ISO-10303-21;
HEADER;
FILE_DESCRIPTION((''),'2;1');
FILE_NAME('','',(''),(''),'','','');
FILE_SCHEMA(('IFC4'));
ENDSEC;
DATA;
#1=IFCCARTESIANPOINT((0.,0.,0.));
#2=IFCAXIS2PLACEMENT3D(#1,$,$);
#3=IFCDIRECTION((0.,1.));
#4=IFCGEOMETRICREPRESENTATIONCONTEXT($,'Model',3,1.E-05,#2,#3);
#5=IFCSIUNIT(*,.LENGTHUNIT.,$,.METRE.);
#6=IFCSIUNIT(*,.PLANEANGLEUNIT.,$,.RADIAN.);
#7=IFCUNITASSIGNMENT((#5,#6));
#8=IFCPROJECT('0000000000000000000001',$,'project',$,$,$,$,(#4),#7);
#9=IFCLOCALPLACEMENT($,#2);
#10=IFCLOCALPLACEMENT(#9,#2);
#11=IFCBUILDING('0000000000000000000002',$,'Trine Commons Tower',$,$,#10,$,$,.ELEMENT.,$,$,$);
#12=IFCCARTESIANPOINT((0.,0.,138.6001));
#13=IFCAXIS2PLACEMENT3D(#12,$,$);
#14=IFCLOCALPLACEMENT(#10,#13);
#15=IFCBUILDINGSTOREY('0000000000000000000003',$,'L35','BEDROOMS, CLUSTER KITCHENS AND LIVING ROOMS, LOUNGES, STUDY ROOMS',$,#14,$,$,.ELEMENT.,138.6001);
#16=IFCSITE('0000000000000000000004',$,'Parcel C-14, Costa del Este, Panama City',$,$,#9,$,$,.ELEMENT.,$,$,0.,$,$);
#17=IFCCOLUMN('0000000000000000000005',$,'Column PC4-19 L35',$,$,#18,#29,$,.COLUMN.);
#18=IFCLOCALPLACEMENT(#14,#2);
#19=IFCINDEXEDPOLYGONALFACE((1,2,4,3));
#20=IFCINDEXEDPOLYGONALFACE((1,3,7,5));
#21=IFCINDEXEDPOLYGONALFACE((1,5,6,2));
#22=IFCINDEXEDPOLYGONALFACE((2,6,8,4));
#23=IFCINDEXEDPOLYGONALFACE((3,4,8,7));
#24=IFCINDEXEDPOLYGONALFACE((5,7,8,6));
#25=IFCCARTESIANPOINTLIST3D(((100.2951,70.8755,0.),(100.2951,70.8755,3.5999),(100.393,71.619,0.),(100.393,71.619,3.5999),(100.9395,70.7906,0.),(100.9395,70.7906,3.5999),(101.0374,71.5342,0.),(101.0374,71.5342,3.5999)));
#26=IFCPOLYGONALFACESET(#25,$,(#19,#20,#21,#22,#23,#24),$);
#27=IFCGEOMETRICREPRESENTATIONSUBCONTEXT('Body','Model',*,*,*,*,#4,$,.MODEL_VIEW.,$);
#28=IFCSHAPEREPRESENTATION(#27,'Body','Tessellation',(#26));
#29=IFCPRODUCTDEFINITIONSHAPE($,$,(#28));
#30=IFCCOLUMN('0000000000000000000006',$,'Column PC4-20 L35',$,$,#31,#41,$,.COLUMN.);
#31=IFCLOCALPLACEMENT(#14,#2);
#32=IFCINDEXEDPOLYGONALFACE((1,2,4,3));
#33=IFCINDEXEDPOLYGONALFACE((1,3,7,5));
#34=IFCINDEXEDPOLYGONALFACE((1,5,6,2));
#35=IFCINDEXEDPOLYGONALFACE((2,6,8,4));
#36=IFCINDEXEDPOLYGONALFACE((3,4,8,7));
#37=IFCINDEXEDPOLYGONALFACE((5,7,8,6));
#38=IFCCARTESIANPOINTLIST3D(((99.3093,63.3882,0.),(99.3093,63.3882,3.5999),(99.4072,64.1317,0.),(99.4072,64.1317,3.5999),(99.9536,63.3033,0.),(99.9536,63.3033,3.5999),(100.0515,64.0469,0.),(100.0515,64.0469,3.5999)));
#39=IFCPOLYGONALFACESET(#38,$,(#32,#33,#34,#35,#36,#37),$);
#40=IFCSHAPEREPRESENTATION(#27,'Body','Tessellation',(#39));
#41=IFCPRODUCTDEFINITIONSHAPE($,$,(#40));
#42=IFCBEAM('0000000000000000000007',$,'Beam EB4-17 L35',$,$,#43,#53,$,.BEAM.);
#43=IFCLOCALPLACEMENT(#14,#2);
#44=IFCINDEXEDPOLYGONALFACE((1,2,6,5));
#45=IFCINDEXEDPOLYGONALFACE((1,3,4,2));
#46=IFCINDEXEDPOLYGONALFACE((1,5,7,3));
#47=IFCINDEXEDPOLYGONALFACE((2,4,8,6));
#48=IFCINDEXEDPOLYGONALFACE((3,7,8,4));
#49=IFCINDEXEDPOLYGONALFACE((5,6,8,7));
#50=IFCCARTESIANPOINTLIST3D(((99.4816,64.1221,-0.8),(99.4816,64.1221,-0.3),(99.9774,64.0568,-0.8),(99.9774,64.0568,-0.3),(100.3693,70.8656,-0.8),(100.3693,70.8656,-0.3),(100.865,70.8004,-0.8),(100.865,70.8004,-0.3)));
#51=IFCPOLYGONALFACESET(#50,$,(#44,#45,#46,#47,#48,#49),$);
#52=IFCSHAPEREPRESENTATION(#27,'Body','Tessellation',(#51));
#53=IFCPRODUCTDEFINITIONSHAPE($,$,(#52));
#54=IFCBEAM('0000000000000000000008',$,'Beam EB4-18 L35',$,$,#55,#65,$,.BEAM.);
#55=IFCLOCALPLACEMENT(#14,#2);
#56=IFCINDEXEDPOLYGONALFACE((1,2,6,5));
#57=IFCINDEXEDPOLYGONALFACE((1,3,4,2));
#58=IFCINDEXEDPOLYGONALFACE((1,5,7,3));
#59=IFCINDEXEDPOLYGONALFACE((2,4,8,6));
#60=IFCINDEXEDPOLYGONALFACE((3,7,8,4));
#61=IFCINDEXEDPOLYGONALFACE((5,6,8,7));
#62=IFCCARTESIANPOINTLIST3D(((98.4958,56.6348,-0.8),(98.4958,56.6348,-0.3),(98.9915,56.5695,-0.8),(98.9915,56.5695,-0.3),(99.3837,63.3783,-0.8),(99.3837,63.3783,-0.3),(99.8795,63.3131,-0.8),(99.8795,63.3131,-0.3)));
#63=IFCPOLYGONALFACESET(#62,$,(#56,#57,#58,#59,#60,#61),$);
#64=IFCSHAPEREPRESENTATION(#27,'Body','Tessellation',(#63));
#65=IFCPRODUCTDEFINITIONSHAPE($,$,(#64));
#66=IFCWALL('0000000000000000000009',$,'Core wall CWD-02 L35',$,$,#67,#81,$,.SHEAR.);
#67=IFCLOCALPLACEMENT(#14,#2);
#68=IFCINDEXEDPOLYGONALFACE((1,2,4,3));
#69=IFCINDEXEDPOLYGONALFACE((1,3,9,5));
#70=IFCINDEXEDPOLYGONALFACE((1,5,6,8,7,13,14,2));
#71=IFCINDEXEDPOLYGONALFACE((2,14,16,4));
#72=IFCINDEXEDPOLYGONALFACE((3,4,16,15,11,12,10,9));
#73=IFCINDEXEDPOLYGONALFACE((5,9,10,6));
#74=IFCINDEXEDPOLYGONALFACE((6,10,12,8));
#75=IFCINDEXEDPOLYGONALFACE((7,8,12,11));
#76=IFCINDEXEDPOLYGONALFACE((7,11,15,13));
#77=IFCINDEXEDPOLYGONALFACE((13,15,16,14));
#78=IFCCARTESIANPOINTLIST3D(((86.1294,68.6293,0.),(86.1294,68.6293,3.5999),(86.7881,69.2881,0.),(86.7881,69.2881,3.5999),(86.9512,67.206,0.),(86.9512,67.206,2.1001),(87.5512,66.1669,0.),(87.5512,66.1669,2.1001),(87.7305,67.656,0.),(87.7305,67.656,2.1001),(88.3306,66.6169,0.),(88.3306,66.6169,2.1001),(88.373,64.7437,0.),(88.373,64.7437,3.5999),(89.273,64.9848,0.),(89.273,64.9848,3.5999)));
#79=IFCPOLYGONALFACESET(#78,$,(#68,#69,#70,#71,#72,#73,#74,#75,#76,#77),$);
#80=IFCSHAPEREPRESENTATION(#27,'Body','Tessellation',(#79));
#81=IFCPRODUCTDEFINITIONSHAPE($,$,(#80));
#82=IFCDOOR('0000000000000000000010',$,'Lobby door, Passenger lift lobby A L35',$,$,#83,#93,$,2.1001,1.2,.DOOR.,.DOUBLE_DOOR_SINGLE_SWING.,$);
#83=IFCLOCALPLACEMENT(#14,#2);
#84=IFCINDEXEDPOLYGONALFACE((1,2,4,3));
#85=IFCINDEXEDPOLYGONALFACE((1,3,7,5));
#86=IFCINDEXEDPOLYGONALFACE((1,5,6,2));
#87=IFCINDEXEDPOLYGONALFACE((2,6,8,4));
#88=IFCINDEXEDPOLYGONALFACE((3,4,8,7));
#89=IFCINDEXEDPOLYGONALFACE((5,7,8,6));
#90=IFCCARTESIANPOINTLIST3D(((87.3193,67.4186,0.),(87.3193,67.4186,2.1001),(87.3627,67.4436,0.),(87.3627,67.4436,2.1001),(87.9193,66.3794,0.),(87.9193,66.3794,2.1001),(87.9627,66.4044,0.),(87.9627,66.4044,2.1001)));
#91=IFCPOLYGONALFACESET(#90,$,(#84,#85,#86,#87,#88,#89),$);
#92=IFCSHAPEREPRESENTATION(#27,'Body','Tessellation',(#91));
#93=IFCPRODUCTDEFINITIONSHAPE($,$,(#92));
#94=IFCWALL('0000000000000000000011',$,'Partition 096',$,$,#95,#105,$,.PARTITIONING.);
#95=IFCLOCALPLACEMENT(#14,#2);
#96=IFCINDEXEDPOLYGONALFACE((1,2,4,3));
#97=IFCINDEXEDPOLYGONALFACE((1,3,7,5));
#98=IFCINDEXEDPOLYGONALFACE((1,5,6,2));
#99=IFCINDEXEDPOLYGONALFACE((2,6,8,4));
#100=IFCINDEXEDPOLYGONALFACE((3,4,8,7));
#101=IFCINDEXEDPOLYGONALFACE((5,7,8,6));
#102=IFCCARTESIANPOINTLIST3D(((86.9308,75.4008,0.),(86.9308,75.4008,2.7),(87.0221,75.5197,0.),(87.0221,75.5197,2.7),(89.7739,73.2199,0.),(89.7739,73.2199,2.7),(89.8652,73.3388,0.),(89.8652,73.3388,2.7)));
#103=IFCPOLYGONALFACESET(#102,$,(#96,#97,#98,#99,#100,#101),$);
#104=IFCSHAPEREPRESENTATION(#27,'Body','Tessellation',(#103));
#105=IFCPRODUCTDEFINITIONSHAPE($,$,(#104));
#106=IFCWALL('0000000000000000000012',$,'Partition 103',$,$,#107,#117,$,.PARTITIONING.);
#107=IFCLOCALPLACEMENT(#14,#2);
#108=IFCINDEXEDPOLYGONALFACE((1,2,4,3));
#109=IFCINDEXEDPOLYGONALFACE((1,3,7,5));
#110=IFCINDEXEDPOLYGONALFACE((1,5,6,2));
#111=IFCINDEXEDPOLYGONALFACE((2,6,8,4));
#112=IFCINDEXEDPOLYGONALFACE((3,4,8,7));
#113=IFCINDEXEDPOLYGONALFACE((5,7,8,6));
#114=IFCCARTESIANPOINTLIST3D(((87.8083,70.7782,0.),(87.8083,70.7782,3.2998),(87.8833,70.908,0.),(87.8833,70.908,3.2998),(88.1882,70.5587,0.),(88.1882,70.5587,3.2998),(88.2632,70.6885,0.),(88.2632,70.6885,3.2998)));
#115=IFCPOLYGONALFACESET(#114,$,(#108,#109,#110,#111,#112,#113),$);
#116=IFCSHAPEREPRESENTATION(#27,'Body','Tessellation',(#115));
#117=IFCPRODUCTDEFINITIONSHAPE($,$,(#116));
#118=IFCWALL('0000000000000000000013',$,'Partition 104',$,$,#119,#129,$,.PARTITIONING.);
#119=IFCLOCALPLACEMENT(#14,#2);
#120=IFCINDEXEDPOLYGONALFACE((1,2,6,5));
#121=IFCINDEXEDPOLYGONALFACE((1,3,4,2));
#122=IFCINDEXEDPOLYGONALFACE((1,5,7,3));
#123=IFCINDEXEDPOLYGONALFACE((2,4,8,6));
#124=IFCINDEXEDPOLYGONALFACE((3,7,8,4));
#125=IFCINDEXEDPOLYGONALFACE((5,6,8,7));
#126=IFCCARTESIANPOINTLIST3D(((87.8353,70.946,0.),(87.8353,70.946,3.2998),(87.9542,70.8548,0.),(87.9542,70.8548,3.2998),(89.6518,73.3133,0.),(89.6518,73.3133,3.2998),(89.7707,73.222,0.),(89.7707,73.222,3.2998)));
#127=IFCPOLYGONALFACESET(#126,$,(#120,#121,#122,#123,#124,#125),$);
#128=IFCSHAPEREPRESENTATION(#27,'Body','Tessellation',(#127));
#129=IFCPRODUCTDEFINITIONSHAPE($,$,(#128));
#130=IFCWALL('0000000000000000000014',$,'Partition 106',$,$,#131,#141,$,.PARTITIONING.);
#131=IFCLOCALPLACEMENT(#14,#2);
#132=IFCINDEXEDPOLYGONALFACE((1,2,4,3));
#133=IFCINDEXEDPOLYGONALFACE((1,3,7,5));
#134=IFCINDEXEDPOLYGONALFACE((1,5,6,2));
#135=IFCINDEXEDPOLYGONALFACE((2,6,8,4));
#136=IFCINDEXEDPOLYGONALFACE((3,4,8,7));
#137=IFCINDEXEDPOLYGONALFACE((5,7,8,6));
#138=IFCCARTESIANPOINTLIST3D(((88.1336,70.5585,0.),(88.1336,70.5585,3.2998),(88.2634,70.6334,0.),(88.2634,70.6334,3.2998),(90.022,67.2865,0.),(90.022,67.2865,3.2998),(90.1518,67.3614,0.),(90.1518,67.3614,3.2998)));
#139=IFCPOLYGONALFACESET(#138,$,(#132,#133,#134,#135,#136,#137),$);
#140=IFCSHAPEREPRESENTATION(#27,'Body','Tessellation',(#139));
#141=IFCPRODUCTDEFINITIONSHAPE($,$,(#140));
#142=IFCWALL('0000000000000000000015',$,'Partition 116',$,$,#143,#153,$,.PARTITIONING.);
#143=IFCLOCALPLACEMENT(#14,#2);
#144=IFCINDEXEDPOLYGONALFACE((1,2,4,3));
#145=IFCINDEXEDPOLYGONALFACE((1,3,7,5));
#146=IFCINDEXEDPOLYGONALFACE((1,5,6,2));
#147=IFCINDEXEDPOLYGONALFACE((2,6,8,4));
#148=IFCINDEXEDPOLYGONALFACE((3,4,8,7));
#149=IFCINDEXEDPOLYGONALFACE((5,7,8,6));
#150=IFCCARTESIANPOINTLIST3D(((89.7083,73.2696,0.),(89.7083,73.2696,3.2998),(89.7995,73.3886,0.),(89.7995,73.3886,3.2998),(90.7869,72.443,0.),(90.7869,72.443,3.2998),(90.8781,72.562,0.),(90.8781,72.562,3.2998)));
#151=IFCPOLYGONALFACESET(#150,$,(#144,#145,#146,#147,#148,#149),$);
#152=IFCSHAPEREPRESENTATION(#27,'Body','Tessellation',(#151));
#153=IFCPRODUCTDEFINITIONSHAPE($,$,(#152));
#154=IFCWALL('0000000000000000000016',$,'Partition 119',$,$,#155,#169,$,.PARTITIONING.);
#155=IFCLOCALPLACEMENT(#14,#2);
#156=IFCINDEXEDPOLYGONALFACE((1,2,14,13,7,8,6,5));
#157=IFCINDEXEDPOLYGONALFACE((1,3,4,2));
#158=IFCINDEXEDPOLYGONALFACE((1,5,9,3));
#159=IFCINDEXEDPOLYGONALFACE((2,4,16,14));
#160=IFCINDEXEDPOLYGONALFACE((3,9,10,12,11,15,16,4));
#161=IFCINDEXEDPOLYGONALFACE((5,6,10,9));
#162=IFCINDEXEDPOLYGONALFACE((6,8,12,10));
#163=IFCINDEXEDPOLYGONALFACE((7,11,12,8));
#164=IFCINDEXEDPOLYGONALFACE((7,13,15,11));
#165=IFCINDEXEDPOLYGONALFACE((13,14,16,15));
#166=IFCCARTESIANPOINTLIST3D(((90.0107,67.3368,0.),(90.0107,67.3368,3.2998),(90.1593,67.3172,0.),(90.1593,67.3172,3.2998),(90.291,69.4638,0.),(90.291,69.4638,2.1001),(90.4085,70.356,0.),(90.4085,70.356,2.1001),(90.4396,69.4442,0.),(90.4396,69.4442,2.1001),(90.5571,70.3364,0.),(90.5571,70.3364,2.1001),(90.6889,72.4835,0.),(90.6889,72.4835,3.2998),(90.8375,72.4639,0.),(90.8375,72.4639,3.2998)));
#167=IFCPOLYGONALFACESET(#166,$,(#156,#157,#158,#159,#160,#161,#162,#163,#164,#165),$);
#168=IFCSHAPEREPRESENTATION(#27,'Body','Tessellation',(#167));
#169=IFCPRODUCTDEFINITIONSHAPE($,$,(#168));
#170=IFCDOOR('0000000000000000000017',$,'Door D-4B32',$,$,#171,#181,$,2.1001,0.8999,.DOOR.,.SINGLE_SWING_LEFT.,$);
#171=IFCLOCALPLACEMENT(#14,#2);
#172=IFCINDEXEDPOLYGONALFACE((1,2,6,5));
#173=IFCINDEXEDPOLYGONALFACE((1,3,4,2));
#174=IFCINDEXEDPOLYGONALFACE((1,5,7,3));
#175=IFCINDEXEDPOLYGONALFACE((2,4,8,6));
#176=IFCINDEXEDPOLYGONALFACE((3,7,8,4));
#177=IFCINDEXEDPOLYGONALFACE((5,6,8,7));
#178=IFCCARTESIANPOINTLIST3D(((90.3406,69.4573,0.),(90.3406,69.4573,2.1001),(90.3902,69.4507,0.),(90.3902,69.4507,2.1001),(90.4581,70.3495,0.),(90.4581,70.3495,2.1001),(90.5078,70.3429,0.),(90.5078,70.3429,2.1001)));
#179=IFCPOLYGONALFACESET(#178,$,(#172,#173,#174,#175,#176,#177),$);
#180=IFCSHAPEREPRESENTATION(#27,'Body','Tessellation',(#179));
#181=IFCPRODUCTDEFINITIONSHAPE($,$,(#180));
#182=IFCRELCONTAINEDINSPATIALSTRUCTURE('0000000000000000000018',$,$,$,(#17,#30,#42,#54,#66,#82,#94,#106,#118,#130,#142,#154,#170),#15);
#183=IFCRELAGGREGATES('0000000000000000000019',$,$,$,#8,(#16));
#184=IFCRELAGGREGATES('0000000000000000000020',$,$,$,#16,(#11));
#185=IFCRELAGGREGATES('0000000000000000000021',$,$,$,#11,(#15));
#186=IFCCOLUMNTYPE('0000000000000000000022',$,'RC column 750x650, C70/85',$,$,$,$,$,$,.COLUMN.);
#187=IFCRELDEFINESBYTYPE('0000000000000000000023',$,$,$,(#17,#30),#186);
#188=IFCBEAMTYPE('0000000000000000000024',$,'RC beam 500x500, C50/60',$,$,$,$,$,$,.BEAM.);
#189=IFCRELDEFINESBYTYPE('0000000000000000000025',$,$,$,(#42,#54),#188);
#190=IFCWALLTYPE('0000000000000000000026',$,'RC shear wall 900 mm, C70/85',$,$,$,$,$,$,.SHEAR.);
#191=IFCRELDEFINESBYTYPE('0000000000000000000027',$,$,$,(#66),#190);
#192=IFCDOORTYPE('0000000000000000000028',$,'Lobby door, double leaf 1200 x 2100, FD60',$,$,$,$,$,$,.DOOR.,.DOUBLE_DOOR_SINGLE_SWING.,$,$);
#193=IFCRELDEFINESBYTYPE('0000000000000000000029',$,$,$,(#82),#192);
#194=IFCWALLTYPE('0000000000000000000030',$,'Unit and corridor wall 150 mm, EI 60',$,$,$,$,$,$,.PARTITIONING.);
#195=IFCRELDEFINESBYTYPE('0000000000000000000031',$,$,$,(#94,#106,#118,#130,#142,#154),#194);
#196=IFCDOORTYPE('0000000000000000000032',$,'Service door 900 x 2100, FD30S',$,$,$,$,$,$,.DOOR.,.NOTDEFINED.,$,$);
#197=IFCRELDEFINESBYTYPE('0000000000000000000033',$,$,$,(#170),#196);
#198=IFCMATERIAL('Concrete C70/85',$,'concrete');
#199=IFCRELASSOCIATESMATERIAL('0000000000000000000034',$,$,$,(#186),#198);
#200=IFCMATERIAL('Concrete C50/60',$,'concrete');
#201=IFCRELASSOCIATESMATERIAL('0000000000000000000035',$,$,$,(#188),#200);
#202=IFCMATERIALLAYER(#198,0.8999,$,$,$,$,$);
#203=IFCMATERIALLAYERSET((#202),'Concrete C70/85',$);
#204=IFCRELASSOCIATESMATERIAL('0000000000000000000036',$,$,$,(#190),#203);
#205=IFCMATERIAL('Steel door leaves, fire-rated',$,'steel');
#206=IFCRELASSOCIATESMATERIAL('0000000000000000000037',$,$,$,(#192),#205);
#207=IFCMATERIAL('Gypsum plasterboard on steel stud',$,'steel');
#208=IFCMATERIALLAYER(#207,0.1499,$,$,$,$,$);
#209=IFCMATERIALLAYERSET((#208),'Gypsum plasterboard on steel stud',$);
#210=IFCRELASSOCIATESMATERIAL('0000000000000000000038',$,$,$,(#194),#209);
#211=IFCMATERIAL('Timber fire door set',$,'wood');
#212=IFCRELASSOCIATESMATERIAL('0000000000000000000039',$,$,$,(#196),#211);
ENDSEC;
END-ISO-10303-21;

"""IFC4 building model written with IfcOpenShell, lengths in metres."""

from ifc_helpers import new_model, si_unit, direction, frame, frame_2d, origin, origin_2d, place, context, subcontext, project, spatial, polyline, rectangle, outline, extrude, material, layer, layer_set, material_profile, profile_set, type_object, element, fill, save


model = new_model("IFC4")

# Units and contexts
model_context = context("Model", 3, precision=1e-05, world=origin(), true_north=direction((0.0, 1.0)))
body_context = subcontext(model_context, "Body", "Model", "MODEL_VIEW")
ifc_project = project(units=[si_unit("LENGTHUNIT", "METRE"), si_unit("PLANEANGLEUNIT", "RADIAN")], contexts=[model_context])

# Site, building, storey
site_placement = place(None, origin())
site = spatial("IfcSite", under=ifc_project, at=site_placement, Name="Parcel C-14, Costa del Este, Panama City", CompositionType="ELEMENT", RefElevation=0.0)
building_placement = place(site_placement, origin())
building = spatial("IfcBuilding", under=site, at=building_placement, Name="Trine Commons Tower", CompositionType="ELEMENT")
storey_placement = place(building_placement, frame((0.0, 0.0, 138.6001)))
storey = spatial("IfcBuildingStorey", under=building, at=storey_placement, Name="L35", Description="BEDROOMS, CLUSTER KITCHENS AND LIVING ROOMS, LOUNGES, STUDY ROOMS", CompositionType="ELEMENT", Elevation=138.6001)

# Columns
ifc_material_1 = material(Name="Concrete C70/85", Category="concrete")
ifc_material_profile_1 = material_profile(ifc_material_1, rectangle(XDim=0.75, YDim=0.6499, at=origin_2d()), Name="RC 750x650")
ifc_profile_set_1 = profile_set([ifc_material_profile_1], Name="Concrete C70/85")
column_type = type_object("IfcColumnType", Name="RC column 750x650, C70/85", PredefinedType="COLUMN", material=ifc_profile_set_1)
for number, where, z_axis, x_axis, name in (
    (1, (100.6663, 71.2048, 0.0), (0.0, 0.0, 1.0), (0.130526, 0.991445, 0.0), "Column PC4-19 L35"),
    (2, (99.6804, 63.7175, 0.0), (0.0, 0.0, 1.0), (0.130526, 0.991445, 0.0), "Column PC4-20 L35"),
):
    element("IfcColumn", number, at=place(storey_placement, frame(where, z_axis=z_axis, x_axis=x_axis)), inside=storey, type_object=column_type, Name=name, PredefinedType="COLUMN", context=body_context, shape_type="SweptSolid", body=[
        extrude(rectangle(XDim=0.75, YDim=0.6499, at=origin_2d()), origin(), (0.0, 0.0, 1.0), 3.5999),
    ])

# Beams
ifc_material_2 = material(Name="Concrete C50/60", Category="concrete")
ifc_material_profile_2 = material_profile(ifc_material_2, rectangle(XDim=0.5, YDim=0.5, at=origin_2d()), Name="RC 500x500")
ifc_profile_set_2 = profile_set([ifc_material_profile_2], Name="Concrete C50/60")
beam_type = type_object("IfcBeamType", Name="RC beam 500x500, C50/60", PredefinedType="BEAM", material=ifc_profile_set_2)
for number, where, z_axis, x_axis, name in (
    (3, (100.6172, 70.833, -0.55), (-0.130508, -0.991447, 0.0), (0.991447, -0.130508, 0.0), "Beam EB4-17 L35"),
    (4, (99.6316, 63.3457, -0.55), (-0.130544, -0.991443, 0.0), (0.991443, -0.130544, 0.0), "Beam EB4-18 L35"),
):
    element("IfcBeam", number, at=place(storey_placement, frame(where, z_axis=z_axis, x_axis=x_axis)), inside=storey, type_object=beam_type, Name=name, PredefinedType="BEAM", context=body_context, shape_type="SweptSolid", body=[
        extrude(rectangle(XDim=0.5, YDim=0.5, at=origin_2d()), origin(), (0.0, 0.0, 1.0), 6.8018),
    ])

# Wall, opening, door
ifc_layer_1 = layer(ifc_material_1, 0.8999)
ifc_layer_set_1 = layer_set([ifc_layer_1], Name="Concrete C70/85")
wall_type_1 = type_object("IfcWallType", Name="RC shear wall 900 mm, C70/85", PredefinedType="SHEAR", material=ifc_layer_set_1)
wall_1_placement = place(storey_placement, frame((88.8833, 64.7598, 0.0), z_axis=(0.0, 0.0, 1.0), x_axis=(-0.500039, 0.866003, 0.0)))
wall_1 = element("IfcWall", 5, at=wall_1_placement, inside=storey, type_object=wall_type_1, Name="Core wall CWD-02 L35", PredefinedType="SHEAR", context=body_context, shape_type="SweptSolid", body=[
    extrude(outline(polyline([(0.0, -0.45), (4.9692, -0.45), (4.728, 0.45), (0.2412, 0.45), (0.0, -0.45)])), origin(), (0.0, 0.0, 1.0), 3.5999),
])
opening_1_placement = place(wall_1_placement, frame((1.8845, 0.0, 0.0)))
opening_1 = element("IfcOpeningElement", 6, at=opening_1_placement, cuts=wall_1, PredefinedType="OPENING", context=body_context, shape_type="SweptSolid", body=[
    extrude(rectangle(XDim=1.2, YDim=2.1001, at=frame_2d((0.6001, 1.05))), frame((0.0, 0.46, 0.0), z_axis=(0.0, -1.0, 0.0), x_axis=(1.0, 0.0, 0.0)), (0.0, 0.0, 1.0), 0.9199),
])
ifc_material_3 = material(Name="Steel door leaves, fire-rated", Category="steel")
door_type_1 = type_object("IfcDoorType", Name="Lobby door, double leaf 1200 x 2100, FD60", OperationType="DOUBLE_DOOR_SINGLE_SWING", PredefinedType="DOOR", material=ifc_material_3)
door_1_placement = place(opening_1_placement, origin())
door_1 = element("IfcDoor", 7, at=door_1_placement, inside=storey, type_object=door_type_1, Name="Lobby door, Passenger lift lobby A L35", OperationType="DOUBLE_DOOR_SINGLE_SWING", OverallHeight=2.1001, OverallWidth=1.2, PredefinedType="DOOR", context=body_context, shape_type="SweptSolid", body=[
    extrude(rectangle(XDim=1.2, YDim=2.1001, at=frame_2d((0.6001, 1.05))), frame((0.0, 0.0249, 0.0), z_axis=(0.0, -1.0, 0.0), x_axis=(1.0, 0.0, 0.0)), (0.0, 0.0, 1.0), 0.05),
])
fill(opening_1, door_1)

# Walls
ifc_material_4 = material(Name="Gypsum plasterboard on steel stud", Category="steel")
ifc_layer_2 = layer(ifc_material_4, 0.1499)
ifc_layer_set_2 = layer_set([ifc_layer_2], Name="Gypsum plasterboard on steel stud")
wall_type_2 = type_object("IfcWallType", Name="Unit and corridor wall 150 mm, EI 60", PredefinedType="PARTITIONING", material=ifc_layer_set_2)
wall_2_placement = place(storey_placement, frame((86.9766, 75.4602, 0.0), z_axis=(0.0, 0.0, 1.0), x_axis=(0.793436, -0.608653, 0.0)))
element("IfcWall", 8, at=wall_2_placement, inside=storey, type_object=wall_type_2, Name="Partition 096", PredefinedType="PARTITIONING", context=body_context, shape_type="SweptSolid", body=[
    extrude(rectangle(XDim=3.5833, YDim=0.1499, at=frame_2d((1.7915, 0.0))), origin(), (0.0, 0.0, 1.0), 2.7),
])
wall_3_placement = place(storey_placement, frame((87.8459, 70.843, 0.0), z_axis=(0.0, 0.0, 1.0), x_axis=(0.86587, -0.500268, 0.0)))
element("IfcWall", 9, at=wall_3_placement, inside=storey, type_object=wall_type_2, Name="Partition 103", PredefinedType="PARTITIONING", context=body_context, shape_type="SweptSolid", body=[
    extrude(rectangle(XDim=0.4387, YDim=0.1499, at=frame_2d((0.2192, 0.0))), origin(), (0.0, 0.0, 1.0), 3.2998),
])
wall_4_placement = place(storey_placement, frame((87.8948, 70.9004, 0.0), z_axis=(0.0, 0.0, 1.0), x_axis=(0.608761, 0.793353, 0.0)))
element("IfcWall", 10, at=wall_4_placement, inside=storey, type_object=wall_type_2, Name="Partition 104", PredefinedType="PARTITIONING", context=body_context, shape_type="SweptSolid", body=[
    extrude(rectangle(XDim=2.9839, YDim=0.1499, at=frame_2d((1.4919, 0.0))), origin(), (0.0, 0.0, 1.0), 3.2998),
])
wall_5_placement = place(storey_placement, frame((88.1985, 70.5959, 0.0), z_axis=(0.0, 0.0, 1.0), x_axis=(0.499872, -0.8661, 0.0)))
element("IfcWall", 11, at=wall_5_placement, inside=storey, type_object=wall_type_2, Name="Partition 106", PredefinedType="PARTITIONING", context=body_context, shape_type="SweptSolid", body=[
    extrude(rectangle(XDim=3.7778, YDim=0.1499, at=frame_2d((1.8889, 0.0))), origin(), (0.0, 0.0, 1.0), 3.2998),
])
wall_6_placement = place(storey_placement, frame((89.7539, 73.3291, 0.0), z_axis=(0.0, 0.0, 1.0), x_axis=(0.793705, -0.608303, 0.0)))
element("IfcWall", 12, at=wall_6_placement, inside=storey, type_object=wall_type_2, Name="Partition 116", PredefinedType="PARTITIONING", context=body_context, shape_type="SweptSolid", body=[
    extrude(rectangle(XDim=1.3589, YDim=0.1499, at=frame_2d((0.6794, 0.0))), origin(), (0.0, 0.0, 1.0), 3.2998),
])

# Wall, opening, door
wall_7_placement = place(storey_placement, frame((90.085, 67.3269, 0.0), z_axis=(0.0, 0.0, 1.0), x_axis=(0.130648, 0.991429, 0.0)))
wall_7 = element("IfcWall", 13, at=wall_7_placement, inside=storey, type_object=wall_type_2, Name="Partition 119", PredefinedType="PARTITIONING", context=body_context, shape_type="SweptSolid", body=[
    extrude(rectangle(XDim=5.1912, YDim=0.1499, at=frame_2d((2.5957, 0.0))), origin(), (0.0, 0.0, 1.0), 3.2998),
])
opening_2_placement = place(wall_7_placement, frame((2.1455, 0.0, 0.0)))
opening_2 = element("IfcOpeningElement", 14, at=opening_2_placement, cuts=wall_7, PredefinedType="OPENING", context=body_context, shape_type="SweptSolid", body=[
    extrude(rectangle(XDim=0.8999, YDim=2.1001, at=frame_2d((0.45, 1.05))), frame((0.0, 0.085, 0.0), z_axis=(0.0, -1.0, 0.0), x_axis=(1.0, 0.0, 0.0)), (0.0, 0.0, 1.0), 0.1699),
])
ifc_material_5 = material(Name="Timber fire door set", Category="wood")
door_type_2 = type_object("IfcDoorType", Name="Service door 900 x 2100, FD30S", OperationType="NOTDEFINED", PredefinedType="DOOR", material=ifc_material_5)
door_2_placement = place(opening_2_placement, origin())
door_2 = element("IfcDoor", 15, at=door_2_placement, inside=storey, type_object=door_type_2, Name="Door D-4B32", OperationType="SINGLE_SWING_LEFT", OverallHeight=2.1001, OverallWidth=0.8999, PredefinedType="DOOR", context=body_context, shape_type="SweptSolid", body=[
    extrude(rectangle(XDim=0.8999, YDim=2.1001, at=frame_2d((0.45, 1.05))), frame((0.0, 0.0249, 0.0), z_axis=(0.0, -1.0, 0.0), x_axis=(1.0, 0.0, 0.0)), (0.0, 0.0, 1.0), 0.05),
])
fill(opening_2, door_2)

save(model, "model.ifc")
